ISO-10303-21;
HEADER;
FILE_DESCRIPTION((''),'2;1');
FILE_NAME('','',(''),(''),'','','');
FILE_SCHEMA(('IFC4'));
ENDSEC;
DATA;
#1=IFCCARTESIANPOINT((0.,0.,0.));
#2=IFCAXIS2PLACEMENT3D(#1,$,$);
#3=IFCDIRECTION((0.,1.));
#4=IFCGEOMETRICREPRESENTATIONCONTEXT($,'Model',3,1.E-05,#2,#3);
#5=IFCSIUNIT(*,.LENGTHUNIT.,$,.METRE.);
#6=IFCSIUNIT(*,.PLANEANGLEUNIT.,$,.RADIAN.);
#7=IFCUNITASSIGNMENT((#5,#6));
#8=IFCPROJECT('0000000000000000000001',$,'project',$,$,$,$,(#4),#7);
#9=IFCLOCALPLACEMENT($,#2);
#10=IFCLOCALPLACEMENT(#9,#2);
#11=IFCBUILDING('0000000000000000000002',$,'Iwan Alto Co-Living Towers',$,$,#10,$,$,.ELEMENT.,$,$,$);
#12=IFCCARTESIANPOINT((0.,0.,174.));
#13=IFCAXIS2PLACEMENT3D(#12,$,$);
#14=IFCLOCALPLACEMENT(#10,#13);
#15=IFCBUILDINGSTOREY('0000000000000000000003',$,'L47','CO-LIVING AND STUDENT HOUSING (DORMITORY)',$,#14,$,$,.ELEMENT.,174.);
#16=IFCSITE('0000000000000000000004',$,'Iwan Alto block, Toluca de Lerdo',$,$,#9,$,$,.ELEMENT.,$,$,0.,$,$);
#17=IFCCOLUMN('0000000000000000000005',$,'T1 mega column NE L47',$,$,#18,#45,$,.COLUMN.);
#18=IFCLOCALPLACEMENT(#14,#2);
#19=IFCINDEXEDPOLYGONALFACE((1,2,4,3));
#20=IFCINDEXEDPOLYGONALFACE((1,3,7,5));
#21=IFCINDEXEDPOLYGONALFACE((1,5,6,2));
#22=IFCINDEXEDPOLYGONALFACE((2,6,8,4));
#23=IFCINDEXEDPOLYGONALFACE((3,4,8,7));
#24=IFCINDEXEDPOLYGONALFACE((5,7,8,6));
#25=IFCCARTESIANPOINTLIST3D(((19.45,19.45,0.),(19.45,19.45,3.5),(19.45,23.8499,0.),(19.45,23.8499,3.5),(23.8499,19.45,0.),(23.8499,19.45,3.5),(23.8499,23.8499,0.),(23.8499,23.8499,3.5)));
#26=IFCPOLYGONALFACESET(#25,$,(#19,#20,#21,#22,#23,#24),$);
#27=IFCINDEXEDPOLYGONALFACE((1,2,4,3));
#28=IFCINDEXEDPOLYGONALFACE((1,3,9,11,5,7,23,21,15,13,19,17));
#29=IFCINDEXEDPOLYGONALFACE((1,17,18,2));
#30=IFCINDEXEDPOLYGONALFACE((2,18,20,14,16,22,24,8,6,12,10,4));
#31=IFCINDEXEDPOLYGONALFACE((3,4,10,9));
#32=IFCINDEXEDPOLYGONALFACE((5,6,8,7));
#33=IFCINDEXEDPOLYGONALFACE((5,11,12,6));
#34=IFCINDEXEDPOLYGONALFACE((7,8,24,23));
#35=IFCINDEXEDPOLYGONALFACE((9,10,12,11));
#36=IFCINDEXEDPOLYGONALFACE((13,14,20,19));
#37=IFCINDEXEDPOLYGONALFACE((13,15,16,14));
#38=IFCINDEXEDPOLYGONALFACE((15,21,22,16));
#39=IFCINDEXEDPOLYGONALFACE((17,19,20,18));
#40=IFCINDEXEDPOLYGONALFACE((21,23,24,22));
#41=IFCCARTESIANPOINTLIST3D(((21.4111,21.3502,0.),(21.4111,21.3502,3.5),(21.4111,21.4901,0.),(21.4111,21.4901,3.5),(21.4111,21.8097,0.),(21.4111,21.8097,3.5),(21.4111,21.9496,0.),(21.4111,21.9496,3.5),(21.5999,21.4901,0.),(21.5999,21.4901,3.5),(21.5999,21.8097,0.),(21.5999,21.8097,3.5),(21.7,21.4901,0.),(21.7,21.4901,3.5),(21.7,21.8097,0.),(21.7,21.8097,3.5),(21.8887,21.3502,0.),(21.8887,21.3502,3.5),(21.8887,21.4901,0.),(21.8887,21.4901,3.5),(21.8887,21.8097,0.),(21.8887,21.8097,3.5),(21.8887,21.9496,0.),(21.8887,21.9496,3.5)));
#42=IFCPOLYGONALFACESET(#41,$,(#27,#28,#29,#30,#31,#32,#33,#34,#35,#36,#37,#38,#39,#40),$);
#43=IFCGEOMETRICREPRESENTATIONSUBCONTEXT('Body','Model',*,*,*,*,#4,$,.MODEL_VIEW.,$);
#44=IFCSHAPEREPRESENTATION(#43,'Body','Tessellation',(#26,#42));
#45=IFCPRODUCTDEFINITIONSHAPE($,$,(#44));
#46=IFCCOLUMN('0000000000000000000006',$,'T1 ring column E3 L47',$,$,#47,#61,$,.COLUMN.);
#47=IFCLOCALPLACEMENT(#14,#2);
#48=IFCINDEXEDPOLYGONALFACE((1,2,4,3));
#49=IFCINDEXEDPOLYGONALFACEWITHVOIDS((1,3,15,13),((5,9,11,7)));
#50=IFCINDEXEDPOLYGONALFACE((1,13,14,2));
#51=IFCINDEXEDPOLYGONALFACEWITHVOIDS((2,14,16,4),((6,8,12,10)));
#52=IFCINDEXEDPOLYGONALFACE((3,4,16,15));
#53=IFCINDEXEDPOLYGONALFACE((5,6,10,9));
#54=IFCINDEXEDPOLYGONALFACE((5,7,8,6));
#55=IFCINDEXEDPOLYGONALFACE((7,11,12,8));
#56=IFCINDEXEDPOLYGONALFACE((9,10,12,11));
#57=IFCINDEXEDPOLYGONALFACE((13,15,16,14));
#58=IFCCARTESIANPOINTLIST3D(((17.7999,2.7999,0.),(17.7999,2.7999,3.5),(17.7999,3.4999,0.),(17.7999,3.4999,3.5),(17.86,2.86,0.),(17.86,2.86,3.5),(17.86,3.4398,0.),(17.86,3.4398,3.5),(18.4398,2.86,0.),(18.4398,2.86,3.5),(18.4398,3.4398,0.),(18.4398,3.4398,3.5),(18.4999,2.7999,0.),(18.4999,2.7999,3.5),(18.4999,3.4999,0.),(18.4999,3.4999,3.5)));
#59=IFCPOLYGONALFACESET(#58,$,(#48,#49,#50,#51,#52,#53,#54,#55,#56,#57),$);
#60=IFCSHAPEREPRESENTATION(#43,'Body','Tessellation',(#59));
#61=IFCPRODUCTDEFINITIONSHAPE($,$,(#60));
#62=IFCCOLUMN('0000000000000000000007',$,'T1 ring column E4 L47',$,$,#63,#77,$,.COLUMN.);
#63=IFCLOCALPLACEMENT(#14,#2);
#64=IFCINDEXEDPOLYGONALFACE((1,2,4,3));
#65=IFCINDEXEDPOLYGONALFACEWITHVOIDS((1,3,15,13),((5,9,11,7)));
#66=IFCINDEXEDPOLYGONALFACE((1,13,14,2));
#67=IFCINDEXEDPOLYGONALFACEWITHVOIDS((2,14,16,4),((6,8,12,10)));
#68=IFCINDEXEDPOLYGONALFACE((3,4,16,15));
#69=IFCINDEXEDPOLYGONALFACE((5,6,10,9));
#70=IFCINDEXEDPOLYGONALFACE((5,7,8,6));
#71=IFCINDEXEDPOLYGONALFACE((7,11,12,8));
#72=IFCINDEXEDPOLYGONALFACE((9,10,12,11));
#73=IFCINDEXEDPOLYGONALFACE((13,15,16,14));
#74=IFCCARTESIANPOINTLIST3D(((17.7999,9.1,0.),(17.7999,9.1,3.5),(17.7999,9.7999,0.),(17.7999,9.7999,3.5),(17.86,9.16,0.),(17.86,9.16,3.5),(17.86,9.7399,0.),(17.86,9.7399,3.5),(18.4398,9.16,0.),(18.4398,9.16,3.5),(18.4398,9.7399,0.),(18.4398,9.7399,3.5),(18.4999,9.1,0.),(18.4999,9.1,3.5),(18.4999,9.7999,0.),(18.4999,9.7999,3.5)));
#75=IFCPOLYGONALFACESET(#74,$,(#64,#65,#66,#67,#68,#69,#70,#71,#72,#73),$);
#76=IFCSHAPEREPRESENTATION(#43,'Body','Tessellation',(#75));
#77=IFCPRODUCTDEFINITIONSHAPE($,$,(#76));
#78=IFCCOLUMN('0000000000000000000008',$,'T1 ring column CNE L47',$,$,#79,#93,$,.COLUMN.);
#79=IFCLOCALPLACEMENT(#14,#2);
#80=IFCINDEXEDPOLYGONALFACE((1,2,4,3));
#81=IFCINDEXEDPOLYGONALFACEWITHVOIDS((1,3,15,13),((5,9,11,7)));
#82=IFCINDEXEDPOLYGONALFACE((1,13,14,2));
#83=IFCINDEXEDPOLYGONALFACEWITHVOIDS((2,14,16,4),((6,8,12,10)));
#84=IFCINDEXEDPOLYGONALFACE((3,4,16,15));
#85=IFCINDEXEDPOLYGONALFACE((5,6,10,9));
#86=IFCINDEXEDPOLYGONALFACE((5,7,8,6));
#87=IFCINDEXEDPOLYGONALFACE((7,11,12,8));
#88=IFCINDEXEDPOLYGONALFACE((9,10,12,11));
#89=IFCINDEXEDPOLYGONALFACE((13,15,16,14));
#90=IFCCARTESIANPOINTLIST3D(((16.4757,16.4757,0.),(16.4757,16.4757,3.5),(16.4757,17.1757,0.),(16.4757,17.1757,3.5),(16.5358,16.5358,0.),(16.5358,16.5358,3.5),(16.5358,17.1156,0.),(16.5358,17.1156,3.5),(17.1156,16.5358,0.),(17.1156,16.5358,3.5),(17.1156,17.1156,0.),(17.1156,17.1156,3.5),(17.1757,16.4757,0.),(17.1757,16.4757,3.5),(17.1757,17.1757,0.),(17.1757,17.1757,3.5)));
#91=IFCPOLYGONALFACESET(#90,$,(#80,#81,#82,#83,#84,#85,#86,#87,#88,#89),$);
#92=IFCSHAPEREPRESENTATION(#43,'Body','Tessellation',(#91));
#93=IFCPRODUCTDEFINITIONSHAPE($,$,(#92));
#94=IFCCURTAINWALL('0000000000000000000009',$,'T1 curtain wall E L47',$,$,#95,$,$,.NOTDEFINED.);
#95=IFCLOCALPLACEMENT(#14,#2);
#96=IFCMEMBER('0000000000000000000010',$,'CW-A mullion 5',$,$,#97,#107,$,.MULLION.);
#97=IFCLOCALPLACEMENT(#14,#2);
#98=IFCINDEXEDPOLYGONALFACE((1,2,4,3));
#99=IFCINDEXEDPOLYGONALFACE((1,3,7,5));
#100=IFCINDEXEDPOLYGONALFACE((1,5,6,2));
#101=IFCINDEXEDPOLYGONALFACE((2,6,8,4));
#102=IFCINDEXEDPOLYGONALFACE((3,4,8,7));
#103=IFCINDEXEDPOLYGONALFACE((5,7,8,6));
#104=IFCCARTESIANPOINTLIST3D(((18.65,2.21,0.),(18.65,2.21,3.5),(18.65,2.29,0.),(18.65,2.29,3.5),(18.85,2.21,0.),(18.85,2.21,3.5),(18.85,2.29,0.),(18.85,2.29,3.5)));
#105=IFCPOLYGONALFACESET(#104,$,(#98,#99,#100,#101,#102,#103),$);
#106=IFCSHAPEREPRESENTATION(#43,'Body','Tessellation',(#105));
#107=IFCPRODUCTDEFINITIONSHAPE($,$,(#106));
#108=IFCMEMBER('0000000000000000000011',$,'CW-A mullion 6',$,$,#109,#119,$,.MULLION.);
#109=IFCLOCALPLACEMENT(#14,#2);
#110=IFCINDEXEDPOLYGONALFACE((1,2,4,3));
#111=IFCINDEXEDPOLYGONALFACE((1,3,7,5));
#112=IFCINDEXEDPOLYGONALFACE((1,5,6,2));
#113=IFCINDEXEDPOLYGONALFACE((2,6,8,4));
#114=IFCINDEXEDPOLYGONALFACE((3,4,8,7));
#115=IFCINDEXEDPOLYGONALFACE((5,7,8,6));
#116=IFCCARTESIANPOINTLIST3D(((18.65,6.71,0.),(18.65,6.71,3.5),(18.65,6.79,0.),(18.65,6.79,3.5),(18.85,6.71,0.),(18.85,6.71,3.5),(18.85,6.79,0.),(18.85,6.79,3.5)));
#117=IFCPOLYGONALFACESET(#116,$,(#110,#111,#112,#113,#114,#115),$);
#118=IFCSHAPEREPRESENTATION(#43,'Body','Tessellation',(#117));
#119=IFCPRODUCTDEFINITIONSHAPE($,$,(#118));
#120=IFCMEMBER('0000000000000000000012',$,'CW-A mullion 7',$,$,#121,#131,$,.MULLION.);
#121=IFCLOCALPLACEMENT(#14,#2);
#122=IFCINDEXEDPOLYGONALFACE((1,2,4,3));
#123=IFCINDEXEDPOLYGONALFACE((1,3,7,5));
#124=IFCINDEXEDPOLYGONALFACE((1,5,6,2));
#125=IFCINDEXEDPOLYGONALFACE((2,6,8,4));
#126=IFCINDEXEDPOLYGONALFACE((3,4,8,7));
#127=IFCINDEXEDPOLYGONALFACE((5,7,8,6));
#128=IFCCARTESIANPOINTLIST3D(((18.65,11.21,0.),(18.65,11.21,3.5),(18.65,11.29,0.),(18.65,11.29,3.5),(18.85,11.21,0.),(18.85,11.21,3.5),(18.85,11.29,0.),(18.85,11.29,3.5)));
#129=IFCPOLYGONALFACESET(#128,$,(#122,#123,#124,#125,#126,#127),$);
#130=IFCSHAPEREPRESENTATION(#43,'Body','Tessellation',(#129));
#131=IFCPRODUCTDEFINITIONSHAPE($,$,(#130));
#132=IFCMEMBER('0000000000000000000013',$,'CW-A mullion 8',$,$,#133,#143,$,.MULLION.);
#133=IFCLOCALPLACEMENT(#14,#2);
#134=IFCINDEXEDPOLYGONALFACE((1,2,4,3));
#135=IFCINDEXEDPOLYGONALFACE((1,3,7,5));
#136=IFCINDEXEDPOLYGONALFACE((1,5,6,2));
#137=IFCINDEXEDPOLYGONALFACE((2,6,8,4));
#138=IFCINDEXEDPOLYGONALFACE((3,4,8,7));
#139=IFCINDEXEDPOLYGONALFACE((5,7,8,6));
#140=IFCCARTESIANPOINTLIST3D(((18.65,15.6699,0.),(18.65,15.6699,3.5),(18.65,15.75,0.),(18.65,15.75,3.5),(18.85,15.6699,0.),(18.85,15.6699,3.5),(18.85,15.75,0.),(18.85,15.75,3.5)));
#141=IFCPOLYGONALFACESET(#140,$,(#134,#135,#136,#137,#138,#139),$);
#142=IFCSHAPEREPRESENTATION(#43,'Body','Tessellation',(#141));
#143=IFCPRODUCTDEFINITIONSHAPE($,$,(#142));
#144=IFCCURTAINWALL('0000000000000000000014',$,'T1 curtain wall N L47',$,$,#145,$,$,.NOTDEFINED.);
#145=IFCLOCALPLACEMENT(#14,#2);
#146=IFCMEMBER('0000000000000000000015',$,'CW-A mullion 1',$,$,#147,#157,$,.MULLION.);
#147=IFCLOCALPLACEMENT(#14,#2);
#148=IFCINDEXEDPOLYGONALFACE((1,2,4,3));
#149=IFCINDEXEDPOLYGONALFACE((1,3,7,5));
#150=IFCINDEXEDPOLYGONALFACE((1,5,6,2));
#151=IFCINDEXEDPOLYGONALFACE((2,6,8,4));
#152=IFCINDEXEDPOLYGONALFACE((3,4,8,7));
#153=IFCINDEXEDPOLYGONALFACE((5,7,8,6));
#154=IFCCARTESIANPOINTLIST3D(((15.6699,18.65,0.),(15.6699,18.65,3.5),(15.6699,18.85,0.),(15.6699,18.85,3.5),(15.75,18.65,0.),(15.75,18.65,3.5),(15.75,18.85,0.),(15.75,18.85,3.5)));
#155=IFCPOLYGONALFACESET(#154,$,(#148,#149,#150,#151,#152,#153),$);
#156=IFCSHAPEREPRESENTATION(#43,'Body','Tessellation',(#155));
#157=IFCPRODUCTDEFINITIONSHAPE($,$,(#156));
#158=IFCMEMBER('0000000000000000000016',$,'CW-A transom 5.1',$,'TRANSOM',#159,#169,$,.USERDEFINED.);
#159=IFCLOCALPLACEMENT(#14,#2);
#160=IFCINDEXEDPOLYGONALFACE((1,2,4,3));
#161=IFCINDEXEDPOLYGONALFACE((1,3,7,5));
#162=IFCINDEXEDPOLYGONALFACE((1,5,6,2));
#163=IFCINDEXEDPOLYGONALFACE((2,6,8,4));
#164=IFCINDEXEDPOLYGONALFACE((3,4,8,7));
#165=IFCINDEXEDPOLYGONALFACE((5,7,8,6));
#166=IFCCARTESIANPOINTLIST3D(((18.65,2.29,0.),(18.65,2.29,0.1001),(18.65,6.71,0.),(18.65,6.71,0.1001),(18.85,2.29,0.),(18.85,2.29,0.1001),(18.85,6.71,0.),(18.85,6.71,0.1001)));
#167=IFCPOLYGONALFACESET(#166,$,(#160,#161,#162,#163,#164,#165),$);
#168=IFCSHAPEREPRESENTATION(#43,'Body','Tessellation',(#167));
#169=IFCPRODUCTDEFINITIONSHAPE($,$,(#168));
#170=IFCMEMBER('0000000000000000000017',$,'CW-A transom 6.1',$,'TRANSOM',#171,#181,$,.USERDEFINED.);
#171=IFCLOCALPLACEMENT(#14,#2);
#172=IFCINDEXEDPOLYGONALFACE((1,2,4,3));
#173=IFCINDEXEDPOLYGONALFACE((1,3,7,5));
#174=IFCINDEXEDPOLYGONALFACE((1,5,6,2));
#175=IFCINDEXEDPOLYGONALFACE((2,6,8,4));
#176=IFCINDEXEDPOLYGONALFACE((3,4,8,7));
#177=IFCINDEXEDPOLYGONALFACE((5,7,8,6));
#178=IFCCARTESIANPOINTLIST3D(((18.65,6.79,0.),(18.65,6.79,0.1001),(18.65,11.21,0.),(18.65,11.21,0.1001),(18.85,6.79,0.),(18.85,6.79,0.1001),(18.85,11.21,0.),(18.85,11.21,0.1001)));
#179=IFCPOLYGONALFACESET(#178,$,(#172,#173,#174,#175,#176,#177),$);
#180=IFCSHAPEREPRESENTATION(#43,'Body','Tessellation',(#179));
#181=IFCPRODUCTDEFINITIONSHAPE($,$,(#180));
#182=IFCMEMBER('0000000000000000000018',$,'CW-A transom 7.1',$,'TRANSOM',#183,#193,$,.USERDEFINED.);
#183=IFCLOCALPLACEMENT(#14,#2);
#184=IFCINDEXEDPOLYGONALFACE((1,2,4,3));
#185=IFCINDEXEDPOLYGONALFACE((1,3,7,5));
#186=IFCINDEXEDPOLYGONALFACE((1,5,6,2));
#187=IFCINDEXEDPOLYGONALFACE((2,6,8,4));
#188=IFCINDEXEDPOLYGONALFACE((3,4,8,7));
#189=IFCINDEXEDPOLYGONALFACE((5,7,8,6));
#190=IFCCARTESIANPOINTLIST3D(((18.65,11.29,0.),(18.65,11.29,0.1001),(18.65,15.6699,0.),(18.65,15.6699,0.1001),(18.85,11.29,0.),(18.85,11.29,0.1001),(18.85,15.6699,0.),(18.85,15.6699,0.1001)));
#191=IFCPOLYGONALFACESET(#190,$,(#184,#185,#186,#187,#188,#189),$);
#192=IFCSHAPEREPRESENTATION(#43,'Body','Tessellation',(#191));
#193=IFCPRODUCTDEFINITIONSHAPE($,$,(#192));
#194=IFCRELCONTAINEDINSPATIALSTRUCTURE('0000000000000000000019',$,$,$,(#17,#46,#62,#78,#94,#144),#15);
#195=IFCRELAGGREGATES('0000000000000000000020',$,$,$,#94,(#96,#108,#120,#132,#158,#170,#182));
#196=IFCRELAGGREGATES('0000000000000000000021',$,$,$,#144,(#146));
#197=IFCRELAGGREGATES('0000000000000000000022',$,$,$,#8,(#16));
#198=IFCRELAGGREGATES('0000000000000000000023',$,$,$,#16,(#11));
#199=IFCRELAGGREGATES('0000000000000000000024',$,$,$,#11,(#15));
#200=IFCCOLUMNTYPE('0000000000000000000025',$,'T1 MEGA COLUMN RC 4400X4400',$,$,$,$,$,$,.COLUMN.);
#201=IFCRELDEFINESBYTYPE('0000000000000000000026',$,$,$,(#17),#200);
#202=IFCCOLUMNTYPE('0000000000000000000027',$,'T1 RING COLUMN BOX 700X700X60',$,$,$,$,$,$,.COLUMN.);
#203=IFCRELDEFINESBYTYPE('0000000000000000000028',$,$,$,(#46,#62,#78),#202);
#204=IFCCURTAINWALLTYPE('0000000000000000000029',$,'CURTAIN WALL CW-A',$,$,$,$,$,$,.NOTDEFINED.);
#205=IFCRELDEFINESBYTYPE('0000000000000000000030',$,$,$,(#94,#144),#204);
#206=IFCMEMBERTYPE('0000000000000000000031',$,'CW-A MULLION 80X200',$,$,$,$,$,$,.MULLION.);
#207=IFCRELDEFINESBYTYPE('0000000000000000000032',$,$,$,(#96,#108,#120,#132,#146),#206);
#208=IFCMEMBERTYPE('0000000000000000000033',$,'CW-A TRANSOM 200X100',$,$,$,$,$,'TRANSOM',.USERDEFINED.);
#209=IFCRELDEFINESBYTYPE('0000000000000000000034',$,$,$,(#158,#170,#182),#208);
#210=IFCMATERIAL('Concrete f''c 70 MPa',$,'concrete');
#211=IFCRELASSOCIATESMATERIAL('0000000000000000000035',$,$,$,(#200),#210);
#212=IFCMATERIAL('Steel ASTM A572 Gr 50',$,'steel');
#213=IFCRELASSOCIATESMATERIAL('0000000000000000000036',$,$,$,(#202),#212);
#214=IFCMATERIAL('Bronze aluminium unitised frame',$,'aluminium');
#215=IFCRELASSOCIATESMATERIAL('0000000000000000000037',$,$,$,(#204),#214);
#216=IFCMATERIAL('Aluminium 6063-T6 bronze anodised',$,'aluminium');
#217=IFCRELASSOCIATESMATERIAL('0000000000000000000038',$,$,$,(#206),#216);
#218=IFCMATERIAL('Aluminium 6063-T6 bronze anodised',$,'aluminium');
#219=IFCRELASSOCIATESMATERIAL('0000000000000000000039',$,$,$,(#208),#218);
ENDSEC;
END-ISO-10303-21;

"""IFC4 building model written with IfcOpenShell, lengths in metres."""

from ifc_helpers import new_model, si_unit, direction, frame, origin, origin_2d, place, context, subcontext, project, spatial, rectangle, hollow_rectangle, i_section, extrude, material, material_profile, profile_set, type_object, element, aggregate, save


model = new_model("IFC4")

# Units and contexts
model_context = context("Model", 3, precision=1e-05, world=origin(), true_north=direction((0.0, 1.0)))
body_context = subcontext(model_context, "Body", "Model", "MODEL_VIEW")
ifc_project = project(units=[si_unit("LENGTHUNIT", "METRE"), si_unit("PLANEANGLEUNIT", "RADIAN")], contexts=[model_context])

# Site, building, storey
site_placement = place(None, origin())
site = spatial("IfcSite", under=ifc_project, at=site_placement, Name="Iwan Alto block, Toluca de Lerdo", CompositionType="ELEMENT", RefElevation=0.0)
building_placement = place(site_placement, origin())
building = spatial("IfcBuilding", under=site, at=building_placement, Name="Iwan Alto Co-Living Towers", CompositionType="ELEMENT")
storey_placement = place(building_placement, frame((0.0, 0.0, 174.0)))
storey = spatial("IfcBuildingStorey", under=building, at=storey_placement, Name="L47", Description="CO-LIVING AND STUDENT HOUSING (DORMITORY)", CompositionType="ELEMENT", Elevation=174.0)

# Columns
ifc_material_1 = material(Name="Concrete f'c 70 MPa", Category="concrete")
ifc_material_profile_1 = material_profile(ifc_material_1, rectangle(XDim=4.3999, YDim=4.3999, at=origin_2d()), Name="RC 4400X4400")
ifc_profile_set_1 = profile_set([ifc_material_profile_1], Name="Concrete f'c 70 MPa")
column_type_1 = type_object("IfcColumnType", Name="T1 MEGA COLUMN RC 4400X4400", PredefinedType="COLUMN", material=ifc_profile_set_1)
column_placement = place(storey_placement, frame((21.6499, 21.6499, 0.0), z_axis=(0.0, 0.0, 1.0), x_axis=(1.0, 0.0, 0.0)))
element("IfcColumn", 1, at=column_placement, inside=storey, type_object=column_type_1, Name="T1 mega column NE L47", PredefinedType="COLUMN", context=body_context, shape_type="SweptSolid", body=[
    extrude(rectangle(XDim=4.3999, YDim=4.3999, at=origin_2d()), origin(), (0.0, 0.0, 1.0), 3.5),
    extrude(i_section(OverallWidth=0.4775, OverallDepth=0.5994, WebThickness=0.1001, FlangeThickness=0.1399, at=origin_2d()), origin(), (0.0, 0.0, 1.0), 3.5),
])
ifc_material_2 = material(Name="Steel ASTM A572 Gr 50", Category="steel")
ifc_material_profile_2 = material_profile(ifc_material_2, hollow_rectangle(XDim=0.7, YDim=0.7, WallThickness=0.0601, at=origin_2d()), Name="BOX 700X700X60")
ifc_profile_set_2 = profile_set([ifc_material_profile_2], Name="Steel ASTM A572 Gr 50")
column_type_2 = type_object("IfcColumnType", Name="T1 RING COLUMN BOX 700X700X60", PredefinedType="COLUMN", material=ifc_profile_set_2)
for number, where, z_axis, x_axis, name in (
    (2, (18.1499, 3.1499, 0.0), (0.0, 0.0, 1.0), (1.0, 0.0, 0.0), "T1 ring column E3 L47"),
    (3, (18.1499, 9.45, 0.0), (0.0, 0.0, 1.0), (1.0, 0.0, 0.0), "T1 ring column E4 L47"),
    (4, (16.8257, 16.8257, 0.0), (0.0, 0.0, 1.0), (1.0, 0.0, 0.0), "T1 ring column CNE L47"),
):
    element("IfcColumn", number, at=place(storey_placement, frame(where, z_axis=z_axis, x_axis=x_axis)), inside=storey, type_object=column_type_2, Name=name, PredefinedType="COLUMN", context=body_context, shape_type="SweptSolid", body=[
        extrude(hollow_rectangle(XDim=0.7, YDim=0.7, WallThickness=0.0601, at=origin_2d()), origin(), (0.0, 0.0, 1.0), 3.5),
    ])

# Curtain wall, members
ifc_material_3 = material(Name="Bronze aluminium unitised frame", Category="aluminium")
curtain_wall_type_1 = type_object("IfcCurtainWallType", Name="CURTAIN WALL CW-A", PredefinedType="NOTDEFINED", material=ifc_material_3)
curtain_wall_1_placement = place(storey_placement, origin())
curtain_wall_1 = element("IfcCurtainWall", 5, at=curtain_wall_1_placement, inside=storey, type_object=curtain_wall_type_1, Name="T1 curtain wall E L47", PredefinedType="NOTDEFINED")
ifc_material_4 = material(Name="Aluminium 6063-T6 bronze anodised", Category="aluminium")
ifc_material_profile_3 = material_profile(ifc_material_4, rectangle(XDim=0.2, YDim=0.0801, at=origin_2d()), Name="AL 80X200")
ifc_profile_set_3 = profile_set([ifc_material_profile_3], Name="Aluminium 6063-T6 bronze anodised")
member_type_1 = type_object("IfcMemberType", Name="CW-A MULLION 80X200", PredefinedType="MULLION", material=ifc_profile_set_3)
member_1_placement = place(storey_placement, frame((18.75, 2.25, 0.0), z_axis=(0.0, 0.0, 1.0), x_axis=(-1.0, 0.0, 0.0)))
member_1 = element("IfcMember", 6, at=member_1_placement, type_object=member_type_1, Name="CW-A mullion 5", PredefinedType="MULLION", context=body_context, shape_type="SweptSolid", body=[
    extrude(rectangle(XDim=0.2, YDim=0.0801, at=origin_2d()), origin(), (0.0, 0.0, 1.0), 3.5),
])
member_2_placement = place(storey_placement, frame((18.75, 6.75, 0.0), z_axis=(0.0, 0.0, 1.0), x_axis=(-1.0, 0.0, 0.0)))
member_2 = element("IfcMember", 7, at=member_2_placement, type_object=member_type_1, Name="CW-A mullion 6", PredefinedType="MULLION", context=body_context, shape_type="SweptSolid", body=[
    extrude(rectangle(XDim=0.2, YDim=0.0801, at=origin_2d()), origin(), (0.0, 0.0, 1.0), 3.5),
])
member_3_placement = place(storey_placement, frame((18.75, 11.25, 0.0), z_axis=(0.0, 0.0, 1.0), x_axis=(-1.0, 0.0, 0.0)))
member_3 = element("IfcMember", 8, at=member_3_placement, type_object=member_type_1, Name="CW-A mullion 7", PredefinedType="MULLION", context=body_context, shape_type="SweptSolid", body=[
    extrude(rectangle(XDim=0.2, YDim=0.0801, at=origin_2d()), origin(), (0.0, 0.0, 1.0), 3.5),
])
member_4_placement = place(storey_placement, frame((18.75, 15.71, 0.0), z_axis=(0.0, 0.0, 1.0), x_axis=(-1.0, 0.0, 0.0)))
member_4 = element("IfcMember", 9, at=member_4_placement, type_object=member_type_1, Name="CW-A mullion 8", PredefinedType="MULLION", context=body_context, shape_type="SweptSolid", body=[
    extrude(rectangle(XDim=0.2, YDim=0.0801, at=origin_2d()), origin(), (0.0, 0.0, 1.0), 3.5),
])

# Curtain wall, member
curtain_wall_2_placement = place(storey_placement, origin())
curtain_wall_2 = element("IfcCurtainWall", 10, at=curtain_wall_2_placement, inside=storey, type_object=curtain_wall_type_1, Name="T1 curtain wall N L47", PredefinedType="NOTDEFINED")
member_5_placement = place(storey_placement, frame((15.71, 18.75, 0.0), z_axis=(0.0, 0.0, 1.0), x_axis=(0.0, -1.0, 0.0)))
member_5 = element("IfcMember", 11, at=member_5_placement, type_object=member_type_1, Name="CW-A mullion 1", PredefinedType="MULLION", context=body_context, shape_type="SweptSolid", body=[
    extrude(rectangle(XDim=0.2, YDim=0.0801, at=origin_2d()), origin(), (0.0, 0.0, 1.0), 3.5),
])

# Members
ifc_material_5 = material(Name="Aluminium 6063-T6 bronze anodised", Category="aluminium")
ifc_material_profile_4 = material_profile(ifc_material_5, rectangle(XDim=0.2, YDim=0.1001, at=origin_2d()), Name="AL 200X100")
ifc_profile_set_4 = profile_set([ifc_material_profile_4], Name="Aluminium 6063-T6 bronze anodised")
member_type_2 = type_object("IfcMemberType", Name="CW-A TRANSOM 200X100", ElementType="TRANSOM", PredefinedType="USERDEFINED", material=ifc_profile_set_4)
member_6_placement = place(storey_placement, frame((18.75, 2.29, 0.05), z_axis=(0.0, 1.0, 0.0), x_axis=(-1.0, 0.0, 0.0)))
member_6 = element("IfcMember", 12, at=member_6_placement, type_object=member_type_2, Name="CW-A transom 5.1", ObjectType="TRANSOM", PredefinedType="USERDEFINED", context=body_context, shape_type="SweptSolid", body=[
    extrude(rectangle(XDim=0.2, YDim=0.1001, at=origin_2d()), origin(), (0.0, 0.0, 1.0), 4.4199),
])
member_7_placement = place(storey_placement, frame((18.75, 6.79, 0.05), z_axis=(0.0, 1.0, 0.0), x_axis=(-1.0, 0.0, 0.0)))
member_7 = element("IfcMember", 13, at=member_7_placement, type_object=member_type_2, Name="CW-A transom 6.1", ObjectType="TRANSOM", PredefinedType="USERDEFINED", context=body_context, shape_type="SweptSolid", body=[
    extrude(rectangle(XDim=0.2, YDim=0.1001, at=origin_2d()), origin(), (0.0, 0.0, 1.0), 4.4199),
])
member_8_placement = place(storey_placement, frame((18.75, 11.29, 0.05), z_axis=(0.0, 1.0, 0.0), x_axis=(-1.0, 0.0, 0.0)))
member_8 = element("IfcMember", 14, at=member_8_placement, type_object=member_type_2, Name="CW-A transom 7.1", ObjectType="TRANSOM", PredefinedType="USERDEFINED", context=body_context, shape_type="SweptSolid", body=[
    extrude(rectangle(XDim=0.2, YDim=0.1001, at=origin_2d()), origin(), (0.0, 0.0, 1.0), 4.3799),
])

aggregate(curtain_wall_1, [member_1, member_2, member_3, member_4, member_6, member_7, member_8])
aggregate(curtain_wall_2, [member_5])

save(model, "model.ifc")
